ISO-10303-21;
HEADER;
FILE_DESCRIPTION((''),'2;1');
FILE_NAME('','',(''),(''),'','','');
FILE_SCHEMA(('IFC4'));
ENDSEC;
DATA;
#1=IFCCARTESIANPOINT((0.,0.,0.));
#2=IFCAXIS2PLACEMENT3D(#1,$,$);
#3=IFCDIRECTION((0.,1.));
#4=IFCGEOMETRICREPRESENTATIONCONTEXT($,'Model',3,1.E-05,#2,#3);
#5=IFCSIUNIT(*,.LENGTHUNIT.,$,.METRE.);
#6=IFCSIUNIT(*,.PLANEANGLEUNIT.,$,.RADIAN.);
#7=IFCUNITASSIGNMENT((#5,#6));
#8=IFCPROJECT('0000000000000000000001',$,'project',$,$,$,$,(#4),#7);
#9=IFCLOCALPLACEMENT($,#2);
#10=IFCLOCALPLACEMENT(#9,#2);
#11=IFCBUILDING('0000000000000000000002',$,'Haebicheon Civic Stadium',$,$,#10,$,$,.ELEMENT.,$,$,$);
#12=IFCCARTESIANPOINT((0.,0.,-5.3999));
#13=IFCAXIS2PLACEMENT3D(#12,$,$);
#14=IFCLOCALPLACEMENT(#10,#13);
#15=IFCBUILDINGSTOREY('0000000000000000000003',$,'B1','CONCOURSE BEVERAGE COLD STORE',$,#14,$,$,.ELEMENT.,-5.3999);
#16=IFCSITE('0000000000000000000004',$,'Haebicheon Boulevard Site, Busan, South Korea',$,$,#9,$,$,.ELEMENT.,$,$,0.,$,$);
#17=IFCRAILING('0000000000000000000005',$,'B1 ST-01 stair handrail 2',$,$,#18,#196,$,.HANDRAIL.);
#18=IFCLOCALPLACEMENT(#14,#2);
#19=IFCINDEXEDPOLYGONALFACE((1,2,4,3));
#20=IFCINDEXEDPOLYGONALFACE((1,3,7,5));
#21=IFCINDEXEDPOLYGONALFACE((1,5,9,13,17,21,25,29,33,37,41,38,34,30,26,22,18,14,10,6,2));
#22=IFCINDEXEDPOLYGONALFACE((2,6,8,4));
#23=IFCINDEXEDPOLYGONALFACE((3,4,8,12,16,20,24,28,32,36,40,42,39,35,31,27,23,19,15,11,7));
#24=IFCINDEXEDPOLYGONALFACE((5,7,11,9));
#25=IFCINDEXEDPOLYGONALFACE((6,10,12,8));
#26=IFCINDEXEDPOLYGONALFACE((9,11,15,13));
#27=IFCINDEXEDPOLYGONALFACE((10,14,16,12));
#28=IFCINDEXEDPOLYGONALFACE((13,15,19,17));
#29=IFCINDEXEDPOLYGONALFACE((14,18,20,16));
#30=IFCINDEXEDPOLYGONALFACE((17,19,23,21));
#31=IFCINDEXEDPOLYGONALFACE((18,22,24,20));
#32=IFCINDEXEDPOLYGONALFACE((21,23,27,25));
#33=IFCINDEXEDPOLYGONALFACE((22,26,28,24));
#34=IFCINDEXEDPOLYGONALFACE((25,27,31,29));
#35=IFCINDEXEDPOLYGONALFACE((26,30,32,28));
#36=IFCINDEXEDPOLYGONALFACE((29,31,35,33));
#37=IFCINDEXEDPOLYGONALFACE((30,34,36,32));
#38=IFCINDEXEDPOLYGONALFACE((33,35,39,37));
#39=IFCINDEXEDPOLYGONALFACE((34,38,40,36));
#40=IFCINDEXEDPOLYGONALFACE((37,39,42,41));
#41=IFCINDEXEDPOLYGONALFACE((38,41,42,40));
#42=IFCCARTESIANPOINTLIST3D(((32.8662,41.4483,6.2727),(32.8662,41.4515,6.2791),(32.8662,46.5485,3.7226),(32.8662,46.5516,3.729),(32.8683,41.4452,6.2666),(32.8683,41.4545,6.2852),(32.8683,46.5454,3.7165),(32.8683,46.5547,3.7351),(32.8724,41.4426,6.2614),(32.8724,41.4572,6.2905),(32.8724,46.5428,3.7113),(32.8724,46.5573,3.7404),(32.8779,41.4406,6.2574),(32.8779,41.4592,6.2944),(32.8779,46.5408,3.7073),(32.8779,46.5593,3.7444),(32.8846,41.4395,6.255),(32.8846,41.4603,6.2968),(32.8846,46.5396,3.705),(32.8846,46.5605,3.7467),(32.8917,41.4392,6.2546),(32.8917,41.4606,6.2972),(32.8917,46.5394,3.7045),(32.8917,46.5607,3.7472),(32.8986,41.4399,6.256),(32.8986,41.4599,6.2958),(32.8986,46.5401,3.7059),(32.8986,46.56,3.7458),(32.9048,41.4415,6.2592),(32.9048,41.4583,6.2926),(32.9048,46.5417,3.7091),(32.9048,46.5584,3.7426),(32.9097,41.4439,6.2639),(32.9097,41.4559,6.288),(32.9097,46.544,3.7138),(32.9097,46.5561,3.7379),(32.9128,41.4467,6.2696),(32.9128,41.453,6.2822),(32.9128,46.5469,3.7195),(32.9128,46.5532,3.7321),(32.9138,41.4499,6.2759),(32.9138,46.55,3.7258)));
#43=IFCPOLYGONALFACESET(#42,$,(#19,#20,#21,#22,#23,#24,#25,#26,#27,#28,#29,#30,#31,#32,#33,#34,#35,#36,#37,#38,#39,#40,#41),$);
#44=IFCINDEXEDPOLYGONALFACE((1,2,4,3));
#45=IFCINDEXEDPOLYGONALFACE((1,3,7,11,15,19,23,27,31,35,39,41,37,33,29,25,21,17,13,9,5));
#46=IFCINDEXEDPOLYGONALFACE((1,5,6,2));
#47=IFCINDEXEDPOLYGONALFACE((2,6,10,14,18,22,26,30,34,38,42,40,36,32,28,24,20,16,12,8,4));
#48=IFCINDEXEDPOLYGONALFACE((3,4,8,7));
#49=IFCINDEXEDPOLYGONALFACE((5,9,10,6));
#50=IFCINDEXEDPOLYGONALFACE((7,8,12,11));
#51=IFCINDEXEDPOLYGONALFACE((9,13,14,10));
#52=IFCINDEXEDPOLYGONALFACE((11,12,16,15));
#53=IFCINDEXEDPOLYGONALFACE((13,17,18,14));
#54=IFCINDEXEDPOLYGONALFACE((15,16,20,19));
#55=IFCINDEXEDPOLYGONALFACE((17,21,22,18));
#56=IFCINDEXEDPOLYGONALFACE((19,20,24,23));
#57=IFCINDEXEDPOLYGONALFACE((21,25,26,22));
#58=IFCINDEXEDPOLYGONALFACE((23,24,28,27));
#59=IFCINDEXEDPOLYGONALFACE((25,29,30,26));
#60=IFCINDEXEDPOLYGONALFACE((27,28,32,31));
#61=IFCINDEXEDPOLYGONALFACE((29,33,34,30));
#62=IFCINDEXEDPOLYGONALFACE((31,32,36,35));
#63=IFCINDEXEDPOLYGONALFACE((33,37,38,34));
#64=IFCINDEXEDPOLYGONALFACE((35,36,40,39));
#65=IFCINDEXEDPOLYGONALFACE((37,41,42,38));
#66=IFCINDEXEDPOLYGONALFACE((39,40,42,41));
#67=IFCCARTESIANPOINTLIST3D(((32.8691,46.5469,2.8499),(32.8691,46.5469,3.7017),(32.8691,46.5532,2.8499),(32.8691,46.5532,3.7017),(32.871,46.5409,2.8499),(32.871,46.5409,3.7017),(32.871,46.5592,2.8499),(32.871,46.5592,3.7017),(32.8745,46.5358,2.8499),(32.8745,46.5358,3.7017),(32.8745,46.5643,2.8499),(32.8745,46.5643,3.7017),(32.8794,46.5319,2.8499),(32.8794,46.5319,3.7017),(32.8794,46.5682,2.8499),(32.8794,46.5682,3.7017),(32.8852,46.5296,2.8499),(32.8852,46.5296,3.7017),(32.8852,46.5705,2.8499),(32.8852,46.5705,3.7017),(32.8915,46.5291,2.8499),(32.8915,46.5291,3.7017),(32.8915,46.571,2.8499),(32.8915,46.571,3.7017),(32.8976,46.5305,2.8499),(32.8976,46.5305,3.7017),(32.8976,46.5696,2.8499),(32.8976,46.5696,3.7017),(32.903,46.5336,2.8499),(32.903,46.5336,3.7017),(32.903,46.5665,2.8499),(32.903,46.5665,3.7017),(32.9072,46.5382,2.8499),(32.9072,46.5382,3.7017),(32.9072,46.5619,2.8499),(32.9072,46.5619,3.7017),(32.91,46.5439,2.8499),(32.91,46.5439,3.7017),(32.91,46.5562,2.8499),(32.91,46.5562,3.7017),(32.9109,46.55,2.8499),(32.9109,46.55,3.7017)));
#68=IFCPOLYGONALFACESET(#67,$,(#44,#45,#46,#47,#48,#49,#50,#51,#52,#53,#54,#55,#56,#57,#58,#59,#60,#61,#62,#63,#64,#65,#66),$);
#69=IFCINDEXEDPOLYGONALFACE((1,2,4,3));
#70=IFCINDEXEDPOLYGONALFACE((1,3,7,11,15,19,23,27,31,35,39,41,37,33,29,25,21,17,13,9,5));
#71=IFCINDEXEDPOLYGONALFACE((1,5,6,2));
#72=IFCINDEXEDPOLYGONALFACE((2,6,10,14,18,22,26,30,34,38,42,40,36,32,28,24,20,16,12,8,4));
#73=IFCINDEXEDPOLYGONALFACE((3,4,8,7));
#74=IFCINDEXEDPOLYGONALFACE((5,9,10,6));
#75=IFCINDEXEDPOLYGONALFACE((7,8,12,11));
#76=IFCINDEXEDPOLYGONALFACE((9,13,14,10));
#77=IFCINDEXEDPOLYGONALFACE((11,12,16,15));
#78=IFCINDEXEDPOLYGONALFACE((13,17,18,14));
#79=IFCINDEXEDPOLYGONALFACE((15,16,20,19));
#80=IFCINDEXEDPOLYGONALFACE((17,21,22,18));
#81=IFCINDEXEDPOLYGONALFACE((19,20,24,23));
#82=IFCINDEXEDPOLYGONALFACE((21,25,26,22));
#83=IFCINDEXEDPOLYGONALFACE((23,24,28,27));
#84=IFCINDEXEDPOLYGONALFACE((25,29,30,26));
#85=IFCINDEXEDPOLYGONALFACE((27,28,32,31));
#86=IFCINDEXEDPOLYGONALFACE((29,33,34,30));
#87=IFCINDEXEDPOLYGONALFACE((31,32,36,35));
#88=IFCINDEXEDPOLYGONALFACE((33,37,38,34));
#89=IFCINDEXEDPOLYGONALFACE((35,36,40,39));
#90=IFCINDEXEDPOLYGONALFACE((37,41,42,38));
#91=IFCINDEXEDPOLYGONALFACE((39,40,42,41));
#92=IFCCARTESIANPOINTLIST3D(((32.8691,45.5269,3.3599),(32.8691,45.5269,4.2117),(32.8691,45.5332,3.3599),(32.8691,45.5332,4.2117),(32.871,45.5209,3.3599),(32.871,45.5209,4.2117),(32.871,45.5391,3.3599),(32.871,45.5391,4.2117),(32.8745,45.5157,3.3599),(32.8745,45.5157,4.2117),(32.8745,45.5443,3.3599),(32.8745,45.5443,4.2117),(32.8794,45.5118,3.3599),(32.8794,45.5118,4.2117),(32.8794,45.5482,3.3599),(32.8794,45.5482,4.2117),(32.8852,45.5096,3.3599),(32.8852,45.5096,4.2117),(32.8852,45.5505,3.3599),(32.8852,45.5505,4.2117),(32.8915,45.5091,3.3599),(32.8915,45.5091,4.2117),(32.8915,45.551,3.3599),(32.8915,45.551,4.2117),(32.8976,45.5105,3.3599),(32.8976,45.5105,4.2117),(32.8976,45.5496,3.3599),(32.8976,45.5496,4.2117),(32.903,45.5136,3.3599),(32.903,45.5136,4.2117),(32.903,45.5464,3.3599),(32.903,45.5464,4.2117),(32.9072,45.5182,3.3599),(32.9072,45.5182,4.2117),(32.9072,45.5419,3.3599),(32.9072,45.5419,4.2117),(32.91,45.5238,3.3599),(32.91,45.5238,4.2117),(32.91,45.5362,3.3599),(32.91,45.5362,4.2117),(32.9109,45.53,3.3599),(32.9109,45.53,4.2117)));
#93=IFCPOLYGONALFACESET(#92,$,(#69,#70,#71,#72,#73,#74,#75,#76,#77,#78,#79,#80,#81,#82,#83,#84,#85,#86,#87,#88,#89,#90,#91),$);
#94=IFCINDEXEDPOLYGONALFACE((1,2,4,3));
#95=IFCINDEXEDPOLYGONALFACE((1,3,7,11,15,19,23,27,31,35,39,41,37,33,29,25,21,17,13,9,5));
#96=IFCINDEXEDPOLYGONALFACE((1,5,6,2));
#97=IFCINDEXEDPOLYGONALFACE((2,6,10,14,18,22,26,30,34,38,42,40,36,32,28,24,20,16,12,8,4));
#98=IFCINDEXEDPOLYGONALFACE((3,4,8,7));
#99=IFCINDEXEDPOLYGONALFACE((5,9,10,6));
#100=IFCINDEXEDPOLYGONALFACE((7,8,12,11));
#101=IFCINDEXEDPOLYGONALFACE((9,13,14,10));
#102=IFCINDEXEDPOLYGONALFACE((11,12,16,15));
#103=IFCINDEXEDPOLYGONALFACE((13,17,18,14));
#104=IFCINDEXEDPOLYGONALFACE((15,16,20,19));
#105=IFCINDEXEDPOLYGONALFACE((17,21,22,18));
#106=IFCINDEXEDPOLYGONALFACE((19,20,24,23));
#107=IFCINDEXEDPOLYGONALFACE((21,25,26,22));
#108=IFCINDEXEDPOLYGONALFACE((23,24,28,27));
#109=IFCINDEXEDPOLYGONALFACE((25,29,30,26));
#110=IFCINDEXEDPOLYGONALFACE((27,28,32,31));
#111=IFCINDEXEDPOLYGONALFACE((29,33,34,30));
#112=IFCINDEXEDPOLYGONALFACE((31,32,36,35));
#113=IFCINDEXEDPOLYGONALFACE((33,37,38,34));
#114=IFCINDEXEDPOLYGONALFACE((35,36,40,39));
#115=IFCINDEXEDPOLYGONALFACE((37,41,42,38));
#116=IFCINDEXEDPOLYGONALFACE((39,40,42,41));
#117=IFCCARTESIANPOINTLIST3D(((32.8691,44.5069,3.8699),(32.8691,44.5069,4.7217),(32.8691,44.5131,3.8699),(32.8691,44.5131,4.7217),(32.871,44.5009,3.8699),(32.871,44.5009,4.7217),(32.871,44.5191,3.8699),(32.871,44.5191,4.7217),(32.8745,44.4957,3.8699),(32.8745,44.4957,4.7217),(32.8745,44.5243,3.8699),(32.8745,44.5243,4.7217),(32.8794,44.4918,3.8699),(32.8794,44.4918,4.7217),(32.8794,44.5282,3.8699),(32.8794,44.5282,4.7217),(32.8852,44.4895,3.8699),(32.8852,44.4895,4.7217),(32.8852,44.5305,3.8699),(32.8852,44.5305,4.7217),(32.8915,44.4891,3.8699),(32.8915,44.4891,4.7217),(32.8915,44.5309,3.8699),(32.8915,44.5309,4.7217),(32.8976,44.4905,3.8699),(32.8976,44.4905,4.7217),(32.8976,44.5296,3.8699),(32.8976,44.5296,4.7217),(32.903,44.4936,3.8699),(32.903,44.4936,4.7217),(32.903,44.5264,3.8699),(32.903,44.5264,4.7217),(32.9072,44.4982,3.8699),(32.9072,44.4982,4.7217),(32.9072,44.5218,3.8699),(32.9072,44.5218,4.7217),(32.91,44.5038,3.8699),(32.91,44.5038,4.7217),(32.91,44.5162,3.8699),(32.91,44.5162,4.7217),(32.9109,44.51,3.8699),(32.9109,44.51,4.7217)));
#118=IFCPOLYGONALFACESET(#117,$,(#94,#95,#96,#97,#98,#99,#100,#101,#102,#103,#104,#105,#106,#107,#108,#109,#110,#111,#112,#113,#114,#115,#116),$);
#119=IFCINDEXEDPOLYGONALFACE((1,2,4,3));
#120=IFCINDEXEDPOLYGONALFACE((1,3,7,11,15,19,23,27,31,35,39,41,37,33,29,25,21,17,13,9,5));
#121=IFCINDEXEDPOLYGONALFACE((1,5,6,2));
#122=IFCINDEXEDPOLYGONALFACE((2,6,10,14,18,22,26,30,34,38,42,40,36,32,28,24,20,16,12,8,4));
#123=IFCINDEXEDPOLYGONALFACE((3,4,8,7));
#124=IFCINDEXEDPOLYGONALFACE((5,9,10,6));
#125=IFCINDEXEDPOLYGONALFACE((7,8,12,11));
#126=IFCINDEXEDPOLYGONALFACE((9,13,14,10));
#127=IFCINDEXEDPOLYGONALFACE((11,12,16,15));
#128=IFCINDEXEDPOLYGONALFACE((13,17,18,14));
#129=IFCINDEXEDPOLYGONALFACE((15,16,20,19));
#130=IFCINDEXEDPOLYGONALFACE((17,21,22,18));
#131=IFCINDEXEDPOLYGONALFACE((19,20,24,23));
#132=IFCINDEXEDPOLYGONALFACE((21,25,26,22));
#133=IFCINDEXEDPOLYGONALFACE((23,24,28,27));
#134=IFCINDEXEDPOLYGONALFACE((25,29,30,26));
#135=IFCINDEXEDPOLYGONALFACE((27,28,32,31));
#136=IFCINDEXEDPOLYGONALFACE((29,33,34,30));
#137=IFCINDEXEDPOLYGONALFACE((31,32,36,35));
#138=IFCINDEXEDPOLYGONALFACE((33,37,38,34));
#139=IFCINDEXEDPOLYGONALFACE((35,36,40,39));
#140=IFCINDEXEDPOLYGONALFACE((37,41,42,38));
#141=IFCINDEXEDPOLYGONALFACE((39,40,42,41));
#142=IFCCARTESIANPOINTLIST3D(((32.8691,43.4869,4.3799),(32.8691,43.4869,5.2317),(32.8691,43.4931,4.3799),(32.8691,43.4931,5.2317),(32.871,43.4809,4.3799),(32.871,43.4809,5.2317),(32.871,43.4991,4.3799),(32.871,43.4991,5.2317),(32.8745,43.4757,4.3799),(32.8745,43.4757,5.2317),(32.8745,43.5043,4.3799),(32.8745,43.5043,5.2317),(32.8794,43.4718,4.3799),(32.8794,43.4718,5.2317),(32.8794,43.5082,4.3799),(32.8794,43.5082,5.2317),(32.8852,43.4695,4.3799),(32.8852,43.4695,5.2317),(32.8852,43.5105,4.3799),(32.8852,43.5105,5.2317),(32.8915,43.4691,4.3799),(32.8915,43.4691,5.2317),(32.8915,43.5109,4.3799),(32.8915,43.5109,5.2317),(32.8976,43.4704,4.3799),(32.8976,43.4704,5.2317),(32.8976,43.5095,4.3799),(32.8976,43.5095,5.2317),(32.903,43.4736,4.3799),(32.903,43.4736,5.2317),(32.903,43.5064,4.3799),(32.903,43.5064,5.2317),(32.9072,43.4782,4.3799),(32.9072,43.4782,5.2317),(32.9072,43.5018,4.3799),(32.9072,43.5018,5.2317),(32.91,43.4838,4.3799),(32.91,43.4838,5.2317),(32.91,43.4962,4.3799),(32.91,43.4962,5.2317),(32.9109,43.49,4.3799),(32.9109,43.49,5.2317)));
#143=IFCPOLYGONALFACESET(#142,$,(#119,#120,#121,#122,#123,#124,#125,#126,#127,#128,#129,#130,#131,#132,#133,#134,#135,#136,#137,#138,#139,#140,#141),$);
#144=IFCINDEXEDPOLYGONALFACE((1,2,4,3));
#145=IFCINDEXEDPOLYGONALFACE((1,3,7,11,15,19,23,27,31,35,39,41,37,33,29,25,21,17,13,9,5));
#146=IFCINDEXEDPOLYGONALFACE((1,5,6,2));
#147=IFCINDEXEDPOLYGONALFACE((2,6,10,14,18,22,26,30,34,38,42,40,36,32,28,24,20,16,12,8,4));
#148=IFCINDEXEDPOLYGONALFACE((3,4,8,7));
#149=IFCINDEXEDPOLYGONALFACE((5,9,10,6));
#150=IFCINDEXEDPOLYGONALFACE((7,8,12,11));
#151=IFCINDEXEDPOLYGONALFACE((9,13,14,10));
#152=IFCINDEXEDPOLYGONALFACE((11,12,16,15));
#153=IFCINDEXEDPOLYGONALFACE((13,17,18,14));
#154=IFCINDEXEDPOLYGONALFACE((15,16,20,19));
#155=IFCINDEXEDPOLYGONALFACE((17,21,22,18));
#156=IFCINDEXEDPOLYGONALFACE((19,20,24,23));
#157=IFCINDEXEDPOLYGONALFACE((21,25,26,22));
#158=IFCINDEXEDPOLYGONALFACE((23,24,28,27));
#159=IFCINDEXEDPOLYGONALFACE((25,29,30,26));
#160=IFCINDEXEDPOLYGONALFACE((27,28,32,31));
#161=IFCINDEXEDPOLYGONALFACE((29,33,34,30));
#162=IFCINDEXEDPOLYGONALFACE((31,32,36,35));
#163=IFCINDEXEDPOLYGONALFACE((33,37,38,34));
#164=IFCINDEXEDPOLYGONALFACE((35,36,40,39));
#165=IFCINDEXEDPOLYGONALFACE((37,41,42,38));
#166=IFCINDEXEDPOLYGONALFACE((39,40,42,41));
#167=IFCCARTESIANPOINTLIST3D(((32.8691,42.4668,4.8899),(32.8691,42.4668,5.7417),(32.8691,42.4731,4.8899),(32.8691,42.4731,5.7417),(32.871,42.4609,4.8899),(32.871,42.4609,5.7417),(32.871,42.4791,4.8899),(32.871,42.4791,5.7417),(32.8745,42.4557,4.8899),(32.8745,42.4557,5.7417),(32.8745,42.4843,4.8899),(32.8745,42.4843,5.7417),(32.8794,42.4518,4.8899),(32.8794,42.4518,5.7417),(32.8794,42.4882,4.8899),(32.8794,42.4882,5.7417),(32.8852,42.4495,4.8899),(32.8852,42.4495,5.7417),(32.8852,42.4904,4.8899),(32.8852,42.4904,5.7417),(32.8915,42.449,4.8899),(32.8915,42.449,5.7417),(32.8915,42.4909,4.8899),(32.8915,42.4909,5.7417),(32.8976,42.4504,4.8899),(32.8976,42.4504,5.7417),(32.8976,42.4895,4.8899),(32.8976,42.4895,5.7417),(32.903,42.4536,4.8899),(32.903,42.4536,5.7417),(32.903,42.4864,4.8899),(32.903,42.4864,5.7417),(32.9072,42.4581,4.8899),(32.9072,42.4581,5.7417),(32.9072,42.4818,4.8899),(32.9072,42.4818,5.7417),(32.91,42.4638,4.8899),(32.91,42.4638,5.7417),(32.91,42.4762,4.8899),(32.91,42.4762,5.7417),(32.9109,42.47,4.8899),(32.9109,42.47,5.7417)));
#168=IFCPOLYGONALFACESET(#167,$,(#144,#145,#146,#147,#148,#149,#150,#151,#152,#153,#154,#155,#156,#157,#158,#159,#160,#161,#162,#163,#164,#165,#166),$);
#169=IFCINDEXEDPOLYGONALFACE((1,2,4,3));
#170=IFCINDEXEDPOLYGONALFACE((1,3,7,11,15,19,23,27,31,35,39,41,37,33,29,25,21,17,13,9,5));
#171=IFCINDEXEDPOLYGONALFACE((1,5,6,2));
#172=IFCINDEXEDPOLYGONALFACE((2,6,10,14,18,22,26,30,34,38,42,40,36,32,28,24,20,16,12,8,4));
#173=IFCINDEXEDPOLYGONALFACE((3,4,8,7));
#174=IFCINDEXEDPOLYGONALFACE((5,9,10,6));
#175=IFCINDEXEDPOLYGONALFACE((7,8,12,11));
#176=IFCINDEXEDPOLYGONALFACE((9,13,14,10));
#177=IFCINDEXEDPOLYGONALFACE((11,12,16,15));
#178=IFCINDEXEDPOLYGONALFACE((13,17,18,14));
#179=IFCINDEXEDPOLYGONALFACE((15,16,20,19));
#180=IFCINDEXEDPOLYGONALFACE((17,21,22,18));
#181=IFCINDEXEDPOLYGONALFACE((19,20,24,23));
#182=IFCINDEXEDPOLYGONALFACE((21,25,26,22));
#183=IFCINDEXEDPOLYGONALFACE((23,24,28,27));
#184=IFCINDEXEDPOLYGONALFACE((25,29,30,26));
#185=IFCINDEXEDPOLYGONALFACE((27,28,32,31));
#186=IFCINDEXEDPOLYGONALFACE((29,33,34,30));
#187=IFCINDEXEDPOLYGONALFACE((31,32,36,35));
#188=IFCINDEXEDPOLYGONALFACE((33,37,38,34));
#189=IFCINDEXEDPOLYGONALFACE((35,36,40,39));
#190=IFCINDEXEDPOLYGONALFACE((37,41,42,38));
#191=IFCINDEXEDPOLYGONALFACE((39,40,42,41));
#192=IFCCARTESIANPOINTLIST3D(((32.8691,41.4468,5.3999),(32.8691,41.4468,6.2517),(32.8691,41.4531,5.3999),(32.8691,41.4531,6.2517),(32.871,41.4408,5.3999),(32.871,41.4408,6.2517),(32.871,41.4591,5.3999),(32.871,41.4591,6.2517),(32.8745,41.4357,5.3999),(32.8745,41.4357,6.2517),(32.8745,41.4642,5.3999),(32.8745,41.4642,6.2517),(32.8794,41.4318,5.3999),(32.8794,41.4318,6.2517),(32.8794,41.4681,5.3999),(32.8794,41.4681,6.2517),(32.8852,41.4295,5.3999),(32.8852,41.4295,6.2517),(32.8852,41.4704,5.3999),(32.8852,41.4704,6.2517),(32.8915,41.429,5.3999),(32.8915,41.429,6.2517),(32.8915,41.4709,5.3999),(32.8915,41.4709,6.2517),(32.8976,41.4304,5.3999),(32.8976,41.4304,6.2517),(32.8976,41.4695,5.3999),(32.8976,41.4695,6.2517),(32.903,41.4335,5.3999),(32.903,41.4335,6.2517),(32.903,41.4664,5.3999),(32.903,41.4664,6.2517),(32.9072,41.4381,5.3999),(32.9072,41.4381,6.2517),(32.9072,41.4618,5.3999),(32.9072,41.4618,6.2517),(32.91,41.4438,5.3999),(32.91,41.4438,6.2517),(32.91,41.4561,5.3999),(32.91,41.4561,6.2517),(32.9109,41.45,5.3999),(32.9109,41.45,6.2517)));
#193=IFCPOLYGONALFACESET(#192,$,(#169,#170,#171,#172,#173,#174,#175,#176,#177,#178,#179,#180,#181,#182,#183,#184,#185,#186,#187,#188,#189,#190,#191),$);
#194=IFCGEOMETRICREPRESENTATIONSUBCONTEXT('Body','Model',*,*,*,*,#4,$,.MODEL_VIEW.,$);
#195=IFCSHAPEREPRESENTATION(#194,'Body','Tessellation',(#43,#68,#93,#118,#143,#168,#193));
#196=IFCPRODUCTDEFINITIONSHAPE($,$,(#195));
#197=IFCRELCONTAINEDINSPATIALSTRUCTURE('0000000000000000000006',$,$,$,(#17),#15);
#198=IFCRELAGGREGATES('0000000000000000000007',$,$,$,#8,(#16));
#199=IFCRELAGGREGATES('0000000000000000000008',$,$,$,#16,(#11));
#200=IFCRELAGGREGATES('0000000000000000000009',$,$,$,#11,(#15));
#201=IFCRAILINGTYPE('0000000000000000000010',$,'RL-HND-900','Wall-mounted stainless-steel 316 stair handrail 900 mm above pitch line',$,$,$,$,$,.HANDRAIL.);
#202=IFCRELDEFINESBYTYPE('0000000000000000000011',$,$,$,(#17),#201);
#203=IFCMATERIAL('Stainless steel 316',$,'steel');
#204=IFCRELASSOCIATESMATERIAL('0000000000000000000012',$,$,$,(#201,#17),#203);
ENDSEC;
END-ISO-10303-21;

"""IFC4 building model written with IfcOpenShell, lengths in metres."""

from ifc_helpers import new_model, si_unit, direction, frame, origin, origin_2d, place, context, subcontext, project, spatial, circle, extrude, material, type_object, element, save


model = new_model("IFC4")

# Units and contexts
model_context = context("Model", 3, precision=1e-05, world=origin(), true_north=direction((0.0, 1.0)))
body_context = subcontext(model_context, "Body", "Model", "MODEL_VIEW")
ifc_project = project(units=[si_unit("LENGTHUNIT", "METRE"), si_unit("PLANEANGLEUNIT", "RADIAN")], contexts=[model_context])

# Site, building, storey
site_placement = place(None, origin())
site = spatial("IfcSite", under=ifc_project, at=site_placement, Name="Haebicheon Boulevard Site, Busan, South Korea", CompositionType="ELEMENT", RefElevation=0.0)
building_placement = place(site_placement, origin())
building = spatial("IfcBuilding", under=site, at=building_placement, Name="Haebicheon Civic Stadium", CompositionType="ELEMENT")
storey_placement = place(building_placement, frame((0.0, 0.0, -5.3999)))
storey = spatial("IfcBuildingStorey", under=building, at=storey_placement, Name="B1", Description="CONCOURSE BEVERAGE COLD STORE", CompositionType="ELEMENT", Elevation=-5.3999)

# Railing
ifc_material_1 = material(Name="Stainless steel 316", Category="steel")
railing_type_1 = type_object("IfcRailingType", Name="RL-HND-900", Description="Wall-mounted stainless-steel 316 stair handrail 900 mm above pitch line", PredefinedType="HANDRAIL", material=ifc_material_1)
railing_1_placement = place(storey_placement, frame((32.8899, 46.55, 2.8499)))
element("IfcRailing", 1, at=railing_1_placement, inside=storey, type_object=railing_type_1, material=ifc_material_1, Name="B1 ST-01 stair handrail 2", PredefinedType="HANDRAIL", context=body_context, shape_type="SweptSolid", body=[
    extrude(circle(Radius=0.0239, at=origin_2d()), frame((0.0, 0.0, 0.876), z_axis=(0.0, -0.894427, 0.447214), x_axis=(1.0, 0.0, 0.0)), (0.0, 0.0, 1.0), 5.7021),
    extrude(circle(Radius=0.021, at=origin_2d()), origin(), (0.0, 0.0, 1.0), 0.8518),
    extrude(circle(Radius=0.021, at=origin_2d()), frame((0.0, -1.02, 0.51)), (0.0, 0.0, 1.0), 0.8518),
    extrude(circle(Radius=0.021, at=origin_2d()), frame((0.0, -2.04, 1.02)), (0.0, 0.0, 1.0), 0.8518),
    extrude(circle(Radius=0.021, at=origin_2d()), frame((0.0, -3.0601, 1.53)), (0.0, 0.0, 1.0), 0.8518),
    extrude(circle(Radius=0.021, at=origin_2d()), frame((0.0, -4.0801, 2.04)), (0.0, 0.0, 1.0), 0.8518),
    extrude(circle(Radius=0.021, at=origin_2d()), frame((0.0, -5.1001, 2.55)), (0.0, 0.0, 1.0), 0.8518),
])

save(model, "model.ifc")
